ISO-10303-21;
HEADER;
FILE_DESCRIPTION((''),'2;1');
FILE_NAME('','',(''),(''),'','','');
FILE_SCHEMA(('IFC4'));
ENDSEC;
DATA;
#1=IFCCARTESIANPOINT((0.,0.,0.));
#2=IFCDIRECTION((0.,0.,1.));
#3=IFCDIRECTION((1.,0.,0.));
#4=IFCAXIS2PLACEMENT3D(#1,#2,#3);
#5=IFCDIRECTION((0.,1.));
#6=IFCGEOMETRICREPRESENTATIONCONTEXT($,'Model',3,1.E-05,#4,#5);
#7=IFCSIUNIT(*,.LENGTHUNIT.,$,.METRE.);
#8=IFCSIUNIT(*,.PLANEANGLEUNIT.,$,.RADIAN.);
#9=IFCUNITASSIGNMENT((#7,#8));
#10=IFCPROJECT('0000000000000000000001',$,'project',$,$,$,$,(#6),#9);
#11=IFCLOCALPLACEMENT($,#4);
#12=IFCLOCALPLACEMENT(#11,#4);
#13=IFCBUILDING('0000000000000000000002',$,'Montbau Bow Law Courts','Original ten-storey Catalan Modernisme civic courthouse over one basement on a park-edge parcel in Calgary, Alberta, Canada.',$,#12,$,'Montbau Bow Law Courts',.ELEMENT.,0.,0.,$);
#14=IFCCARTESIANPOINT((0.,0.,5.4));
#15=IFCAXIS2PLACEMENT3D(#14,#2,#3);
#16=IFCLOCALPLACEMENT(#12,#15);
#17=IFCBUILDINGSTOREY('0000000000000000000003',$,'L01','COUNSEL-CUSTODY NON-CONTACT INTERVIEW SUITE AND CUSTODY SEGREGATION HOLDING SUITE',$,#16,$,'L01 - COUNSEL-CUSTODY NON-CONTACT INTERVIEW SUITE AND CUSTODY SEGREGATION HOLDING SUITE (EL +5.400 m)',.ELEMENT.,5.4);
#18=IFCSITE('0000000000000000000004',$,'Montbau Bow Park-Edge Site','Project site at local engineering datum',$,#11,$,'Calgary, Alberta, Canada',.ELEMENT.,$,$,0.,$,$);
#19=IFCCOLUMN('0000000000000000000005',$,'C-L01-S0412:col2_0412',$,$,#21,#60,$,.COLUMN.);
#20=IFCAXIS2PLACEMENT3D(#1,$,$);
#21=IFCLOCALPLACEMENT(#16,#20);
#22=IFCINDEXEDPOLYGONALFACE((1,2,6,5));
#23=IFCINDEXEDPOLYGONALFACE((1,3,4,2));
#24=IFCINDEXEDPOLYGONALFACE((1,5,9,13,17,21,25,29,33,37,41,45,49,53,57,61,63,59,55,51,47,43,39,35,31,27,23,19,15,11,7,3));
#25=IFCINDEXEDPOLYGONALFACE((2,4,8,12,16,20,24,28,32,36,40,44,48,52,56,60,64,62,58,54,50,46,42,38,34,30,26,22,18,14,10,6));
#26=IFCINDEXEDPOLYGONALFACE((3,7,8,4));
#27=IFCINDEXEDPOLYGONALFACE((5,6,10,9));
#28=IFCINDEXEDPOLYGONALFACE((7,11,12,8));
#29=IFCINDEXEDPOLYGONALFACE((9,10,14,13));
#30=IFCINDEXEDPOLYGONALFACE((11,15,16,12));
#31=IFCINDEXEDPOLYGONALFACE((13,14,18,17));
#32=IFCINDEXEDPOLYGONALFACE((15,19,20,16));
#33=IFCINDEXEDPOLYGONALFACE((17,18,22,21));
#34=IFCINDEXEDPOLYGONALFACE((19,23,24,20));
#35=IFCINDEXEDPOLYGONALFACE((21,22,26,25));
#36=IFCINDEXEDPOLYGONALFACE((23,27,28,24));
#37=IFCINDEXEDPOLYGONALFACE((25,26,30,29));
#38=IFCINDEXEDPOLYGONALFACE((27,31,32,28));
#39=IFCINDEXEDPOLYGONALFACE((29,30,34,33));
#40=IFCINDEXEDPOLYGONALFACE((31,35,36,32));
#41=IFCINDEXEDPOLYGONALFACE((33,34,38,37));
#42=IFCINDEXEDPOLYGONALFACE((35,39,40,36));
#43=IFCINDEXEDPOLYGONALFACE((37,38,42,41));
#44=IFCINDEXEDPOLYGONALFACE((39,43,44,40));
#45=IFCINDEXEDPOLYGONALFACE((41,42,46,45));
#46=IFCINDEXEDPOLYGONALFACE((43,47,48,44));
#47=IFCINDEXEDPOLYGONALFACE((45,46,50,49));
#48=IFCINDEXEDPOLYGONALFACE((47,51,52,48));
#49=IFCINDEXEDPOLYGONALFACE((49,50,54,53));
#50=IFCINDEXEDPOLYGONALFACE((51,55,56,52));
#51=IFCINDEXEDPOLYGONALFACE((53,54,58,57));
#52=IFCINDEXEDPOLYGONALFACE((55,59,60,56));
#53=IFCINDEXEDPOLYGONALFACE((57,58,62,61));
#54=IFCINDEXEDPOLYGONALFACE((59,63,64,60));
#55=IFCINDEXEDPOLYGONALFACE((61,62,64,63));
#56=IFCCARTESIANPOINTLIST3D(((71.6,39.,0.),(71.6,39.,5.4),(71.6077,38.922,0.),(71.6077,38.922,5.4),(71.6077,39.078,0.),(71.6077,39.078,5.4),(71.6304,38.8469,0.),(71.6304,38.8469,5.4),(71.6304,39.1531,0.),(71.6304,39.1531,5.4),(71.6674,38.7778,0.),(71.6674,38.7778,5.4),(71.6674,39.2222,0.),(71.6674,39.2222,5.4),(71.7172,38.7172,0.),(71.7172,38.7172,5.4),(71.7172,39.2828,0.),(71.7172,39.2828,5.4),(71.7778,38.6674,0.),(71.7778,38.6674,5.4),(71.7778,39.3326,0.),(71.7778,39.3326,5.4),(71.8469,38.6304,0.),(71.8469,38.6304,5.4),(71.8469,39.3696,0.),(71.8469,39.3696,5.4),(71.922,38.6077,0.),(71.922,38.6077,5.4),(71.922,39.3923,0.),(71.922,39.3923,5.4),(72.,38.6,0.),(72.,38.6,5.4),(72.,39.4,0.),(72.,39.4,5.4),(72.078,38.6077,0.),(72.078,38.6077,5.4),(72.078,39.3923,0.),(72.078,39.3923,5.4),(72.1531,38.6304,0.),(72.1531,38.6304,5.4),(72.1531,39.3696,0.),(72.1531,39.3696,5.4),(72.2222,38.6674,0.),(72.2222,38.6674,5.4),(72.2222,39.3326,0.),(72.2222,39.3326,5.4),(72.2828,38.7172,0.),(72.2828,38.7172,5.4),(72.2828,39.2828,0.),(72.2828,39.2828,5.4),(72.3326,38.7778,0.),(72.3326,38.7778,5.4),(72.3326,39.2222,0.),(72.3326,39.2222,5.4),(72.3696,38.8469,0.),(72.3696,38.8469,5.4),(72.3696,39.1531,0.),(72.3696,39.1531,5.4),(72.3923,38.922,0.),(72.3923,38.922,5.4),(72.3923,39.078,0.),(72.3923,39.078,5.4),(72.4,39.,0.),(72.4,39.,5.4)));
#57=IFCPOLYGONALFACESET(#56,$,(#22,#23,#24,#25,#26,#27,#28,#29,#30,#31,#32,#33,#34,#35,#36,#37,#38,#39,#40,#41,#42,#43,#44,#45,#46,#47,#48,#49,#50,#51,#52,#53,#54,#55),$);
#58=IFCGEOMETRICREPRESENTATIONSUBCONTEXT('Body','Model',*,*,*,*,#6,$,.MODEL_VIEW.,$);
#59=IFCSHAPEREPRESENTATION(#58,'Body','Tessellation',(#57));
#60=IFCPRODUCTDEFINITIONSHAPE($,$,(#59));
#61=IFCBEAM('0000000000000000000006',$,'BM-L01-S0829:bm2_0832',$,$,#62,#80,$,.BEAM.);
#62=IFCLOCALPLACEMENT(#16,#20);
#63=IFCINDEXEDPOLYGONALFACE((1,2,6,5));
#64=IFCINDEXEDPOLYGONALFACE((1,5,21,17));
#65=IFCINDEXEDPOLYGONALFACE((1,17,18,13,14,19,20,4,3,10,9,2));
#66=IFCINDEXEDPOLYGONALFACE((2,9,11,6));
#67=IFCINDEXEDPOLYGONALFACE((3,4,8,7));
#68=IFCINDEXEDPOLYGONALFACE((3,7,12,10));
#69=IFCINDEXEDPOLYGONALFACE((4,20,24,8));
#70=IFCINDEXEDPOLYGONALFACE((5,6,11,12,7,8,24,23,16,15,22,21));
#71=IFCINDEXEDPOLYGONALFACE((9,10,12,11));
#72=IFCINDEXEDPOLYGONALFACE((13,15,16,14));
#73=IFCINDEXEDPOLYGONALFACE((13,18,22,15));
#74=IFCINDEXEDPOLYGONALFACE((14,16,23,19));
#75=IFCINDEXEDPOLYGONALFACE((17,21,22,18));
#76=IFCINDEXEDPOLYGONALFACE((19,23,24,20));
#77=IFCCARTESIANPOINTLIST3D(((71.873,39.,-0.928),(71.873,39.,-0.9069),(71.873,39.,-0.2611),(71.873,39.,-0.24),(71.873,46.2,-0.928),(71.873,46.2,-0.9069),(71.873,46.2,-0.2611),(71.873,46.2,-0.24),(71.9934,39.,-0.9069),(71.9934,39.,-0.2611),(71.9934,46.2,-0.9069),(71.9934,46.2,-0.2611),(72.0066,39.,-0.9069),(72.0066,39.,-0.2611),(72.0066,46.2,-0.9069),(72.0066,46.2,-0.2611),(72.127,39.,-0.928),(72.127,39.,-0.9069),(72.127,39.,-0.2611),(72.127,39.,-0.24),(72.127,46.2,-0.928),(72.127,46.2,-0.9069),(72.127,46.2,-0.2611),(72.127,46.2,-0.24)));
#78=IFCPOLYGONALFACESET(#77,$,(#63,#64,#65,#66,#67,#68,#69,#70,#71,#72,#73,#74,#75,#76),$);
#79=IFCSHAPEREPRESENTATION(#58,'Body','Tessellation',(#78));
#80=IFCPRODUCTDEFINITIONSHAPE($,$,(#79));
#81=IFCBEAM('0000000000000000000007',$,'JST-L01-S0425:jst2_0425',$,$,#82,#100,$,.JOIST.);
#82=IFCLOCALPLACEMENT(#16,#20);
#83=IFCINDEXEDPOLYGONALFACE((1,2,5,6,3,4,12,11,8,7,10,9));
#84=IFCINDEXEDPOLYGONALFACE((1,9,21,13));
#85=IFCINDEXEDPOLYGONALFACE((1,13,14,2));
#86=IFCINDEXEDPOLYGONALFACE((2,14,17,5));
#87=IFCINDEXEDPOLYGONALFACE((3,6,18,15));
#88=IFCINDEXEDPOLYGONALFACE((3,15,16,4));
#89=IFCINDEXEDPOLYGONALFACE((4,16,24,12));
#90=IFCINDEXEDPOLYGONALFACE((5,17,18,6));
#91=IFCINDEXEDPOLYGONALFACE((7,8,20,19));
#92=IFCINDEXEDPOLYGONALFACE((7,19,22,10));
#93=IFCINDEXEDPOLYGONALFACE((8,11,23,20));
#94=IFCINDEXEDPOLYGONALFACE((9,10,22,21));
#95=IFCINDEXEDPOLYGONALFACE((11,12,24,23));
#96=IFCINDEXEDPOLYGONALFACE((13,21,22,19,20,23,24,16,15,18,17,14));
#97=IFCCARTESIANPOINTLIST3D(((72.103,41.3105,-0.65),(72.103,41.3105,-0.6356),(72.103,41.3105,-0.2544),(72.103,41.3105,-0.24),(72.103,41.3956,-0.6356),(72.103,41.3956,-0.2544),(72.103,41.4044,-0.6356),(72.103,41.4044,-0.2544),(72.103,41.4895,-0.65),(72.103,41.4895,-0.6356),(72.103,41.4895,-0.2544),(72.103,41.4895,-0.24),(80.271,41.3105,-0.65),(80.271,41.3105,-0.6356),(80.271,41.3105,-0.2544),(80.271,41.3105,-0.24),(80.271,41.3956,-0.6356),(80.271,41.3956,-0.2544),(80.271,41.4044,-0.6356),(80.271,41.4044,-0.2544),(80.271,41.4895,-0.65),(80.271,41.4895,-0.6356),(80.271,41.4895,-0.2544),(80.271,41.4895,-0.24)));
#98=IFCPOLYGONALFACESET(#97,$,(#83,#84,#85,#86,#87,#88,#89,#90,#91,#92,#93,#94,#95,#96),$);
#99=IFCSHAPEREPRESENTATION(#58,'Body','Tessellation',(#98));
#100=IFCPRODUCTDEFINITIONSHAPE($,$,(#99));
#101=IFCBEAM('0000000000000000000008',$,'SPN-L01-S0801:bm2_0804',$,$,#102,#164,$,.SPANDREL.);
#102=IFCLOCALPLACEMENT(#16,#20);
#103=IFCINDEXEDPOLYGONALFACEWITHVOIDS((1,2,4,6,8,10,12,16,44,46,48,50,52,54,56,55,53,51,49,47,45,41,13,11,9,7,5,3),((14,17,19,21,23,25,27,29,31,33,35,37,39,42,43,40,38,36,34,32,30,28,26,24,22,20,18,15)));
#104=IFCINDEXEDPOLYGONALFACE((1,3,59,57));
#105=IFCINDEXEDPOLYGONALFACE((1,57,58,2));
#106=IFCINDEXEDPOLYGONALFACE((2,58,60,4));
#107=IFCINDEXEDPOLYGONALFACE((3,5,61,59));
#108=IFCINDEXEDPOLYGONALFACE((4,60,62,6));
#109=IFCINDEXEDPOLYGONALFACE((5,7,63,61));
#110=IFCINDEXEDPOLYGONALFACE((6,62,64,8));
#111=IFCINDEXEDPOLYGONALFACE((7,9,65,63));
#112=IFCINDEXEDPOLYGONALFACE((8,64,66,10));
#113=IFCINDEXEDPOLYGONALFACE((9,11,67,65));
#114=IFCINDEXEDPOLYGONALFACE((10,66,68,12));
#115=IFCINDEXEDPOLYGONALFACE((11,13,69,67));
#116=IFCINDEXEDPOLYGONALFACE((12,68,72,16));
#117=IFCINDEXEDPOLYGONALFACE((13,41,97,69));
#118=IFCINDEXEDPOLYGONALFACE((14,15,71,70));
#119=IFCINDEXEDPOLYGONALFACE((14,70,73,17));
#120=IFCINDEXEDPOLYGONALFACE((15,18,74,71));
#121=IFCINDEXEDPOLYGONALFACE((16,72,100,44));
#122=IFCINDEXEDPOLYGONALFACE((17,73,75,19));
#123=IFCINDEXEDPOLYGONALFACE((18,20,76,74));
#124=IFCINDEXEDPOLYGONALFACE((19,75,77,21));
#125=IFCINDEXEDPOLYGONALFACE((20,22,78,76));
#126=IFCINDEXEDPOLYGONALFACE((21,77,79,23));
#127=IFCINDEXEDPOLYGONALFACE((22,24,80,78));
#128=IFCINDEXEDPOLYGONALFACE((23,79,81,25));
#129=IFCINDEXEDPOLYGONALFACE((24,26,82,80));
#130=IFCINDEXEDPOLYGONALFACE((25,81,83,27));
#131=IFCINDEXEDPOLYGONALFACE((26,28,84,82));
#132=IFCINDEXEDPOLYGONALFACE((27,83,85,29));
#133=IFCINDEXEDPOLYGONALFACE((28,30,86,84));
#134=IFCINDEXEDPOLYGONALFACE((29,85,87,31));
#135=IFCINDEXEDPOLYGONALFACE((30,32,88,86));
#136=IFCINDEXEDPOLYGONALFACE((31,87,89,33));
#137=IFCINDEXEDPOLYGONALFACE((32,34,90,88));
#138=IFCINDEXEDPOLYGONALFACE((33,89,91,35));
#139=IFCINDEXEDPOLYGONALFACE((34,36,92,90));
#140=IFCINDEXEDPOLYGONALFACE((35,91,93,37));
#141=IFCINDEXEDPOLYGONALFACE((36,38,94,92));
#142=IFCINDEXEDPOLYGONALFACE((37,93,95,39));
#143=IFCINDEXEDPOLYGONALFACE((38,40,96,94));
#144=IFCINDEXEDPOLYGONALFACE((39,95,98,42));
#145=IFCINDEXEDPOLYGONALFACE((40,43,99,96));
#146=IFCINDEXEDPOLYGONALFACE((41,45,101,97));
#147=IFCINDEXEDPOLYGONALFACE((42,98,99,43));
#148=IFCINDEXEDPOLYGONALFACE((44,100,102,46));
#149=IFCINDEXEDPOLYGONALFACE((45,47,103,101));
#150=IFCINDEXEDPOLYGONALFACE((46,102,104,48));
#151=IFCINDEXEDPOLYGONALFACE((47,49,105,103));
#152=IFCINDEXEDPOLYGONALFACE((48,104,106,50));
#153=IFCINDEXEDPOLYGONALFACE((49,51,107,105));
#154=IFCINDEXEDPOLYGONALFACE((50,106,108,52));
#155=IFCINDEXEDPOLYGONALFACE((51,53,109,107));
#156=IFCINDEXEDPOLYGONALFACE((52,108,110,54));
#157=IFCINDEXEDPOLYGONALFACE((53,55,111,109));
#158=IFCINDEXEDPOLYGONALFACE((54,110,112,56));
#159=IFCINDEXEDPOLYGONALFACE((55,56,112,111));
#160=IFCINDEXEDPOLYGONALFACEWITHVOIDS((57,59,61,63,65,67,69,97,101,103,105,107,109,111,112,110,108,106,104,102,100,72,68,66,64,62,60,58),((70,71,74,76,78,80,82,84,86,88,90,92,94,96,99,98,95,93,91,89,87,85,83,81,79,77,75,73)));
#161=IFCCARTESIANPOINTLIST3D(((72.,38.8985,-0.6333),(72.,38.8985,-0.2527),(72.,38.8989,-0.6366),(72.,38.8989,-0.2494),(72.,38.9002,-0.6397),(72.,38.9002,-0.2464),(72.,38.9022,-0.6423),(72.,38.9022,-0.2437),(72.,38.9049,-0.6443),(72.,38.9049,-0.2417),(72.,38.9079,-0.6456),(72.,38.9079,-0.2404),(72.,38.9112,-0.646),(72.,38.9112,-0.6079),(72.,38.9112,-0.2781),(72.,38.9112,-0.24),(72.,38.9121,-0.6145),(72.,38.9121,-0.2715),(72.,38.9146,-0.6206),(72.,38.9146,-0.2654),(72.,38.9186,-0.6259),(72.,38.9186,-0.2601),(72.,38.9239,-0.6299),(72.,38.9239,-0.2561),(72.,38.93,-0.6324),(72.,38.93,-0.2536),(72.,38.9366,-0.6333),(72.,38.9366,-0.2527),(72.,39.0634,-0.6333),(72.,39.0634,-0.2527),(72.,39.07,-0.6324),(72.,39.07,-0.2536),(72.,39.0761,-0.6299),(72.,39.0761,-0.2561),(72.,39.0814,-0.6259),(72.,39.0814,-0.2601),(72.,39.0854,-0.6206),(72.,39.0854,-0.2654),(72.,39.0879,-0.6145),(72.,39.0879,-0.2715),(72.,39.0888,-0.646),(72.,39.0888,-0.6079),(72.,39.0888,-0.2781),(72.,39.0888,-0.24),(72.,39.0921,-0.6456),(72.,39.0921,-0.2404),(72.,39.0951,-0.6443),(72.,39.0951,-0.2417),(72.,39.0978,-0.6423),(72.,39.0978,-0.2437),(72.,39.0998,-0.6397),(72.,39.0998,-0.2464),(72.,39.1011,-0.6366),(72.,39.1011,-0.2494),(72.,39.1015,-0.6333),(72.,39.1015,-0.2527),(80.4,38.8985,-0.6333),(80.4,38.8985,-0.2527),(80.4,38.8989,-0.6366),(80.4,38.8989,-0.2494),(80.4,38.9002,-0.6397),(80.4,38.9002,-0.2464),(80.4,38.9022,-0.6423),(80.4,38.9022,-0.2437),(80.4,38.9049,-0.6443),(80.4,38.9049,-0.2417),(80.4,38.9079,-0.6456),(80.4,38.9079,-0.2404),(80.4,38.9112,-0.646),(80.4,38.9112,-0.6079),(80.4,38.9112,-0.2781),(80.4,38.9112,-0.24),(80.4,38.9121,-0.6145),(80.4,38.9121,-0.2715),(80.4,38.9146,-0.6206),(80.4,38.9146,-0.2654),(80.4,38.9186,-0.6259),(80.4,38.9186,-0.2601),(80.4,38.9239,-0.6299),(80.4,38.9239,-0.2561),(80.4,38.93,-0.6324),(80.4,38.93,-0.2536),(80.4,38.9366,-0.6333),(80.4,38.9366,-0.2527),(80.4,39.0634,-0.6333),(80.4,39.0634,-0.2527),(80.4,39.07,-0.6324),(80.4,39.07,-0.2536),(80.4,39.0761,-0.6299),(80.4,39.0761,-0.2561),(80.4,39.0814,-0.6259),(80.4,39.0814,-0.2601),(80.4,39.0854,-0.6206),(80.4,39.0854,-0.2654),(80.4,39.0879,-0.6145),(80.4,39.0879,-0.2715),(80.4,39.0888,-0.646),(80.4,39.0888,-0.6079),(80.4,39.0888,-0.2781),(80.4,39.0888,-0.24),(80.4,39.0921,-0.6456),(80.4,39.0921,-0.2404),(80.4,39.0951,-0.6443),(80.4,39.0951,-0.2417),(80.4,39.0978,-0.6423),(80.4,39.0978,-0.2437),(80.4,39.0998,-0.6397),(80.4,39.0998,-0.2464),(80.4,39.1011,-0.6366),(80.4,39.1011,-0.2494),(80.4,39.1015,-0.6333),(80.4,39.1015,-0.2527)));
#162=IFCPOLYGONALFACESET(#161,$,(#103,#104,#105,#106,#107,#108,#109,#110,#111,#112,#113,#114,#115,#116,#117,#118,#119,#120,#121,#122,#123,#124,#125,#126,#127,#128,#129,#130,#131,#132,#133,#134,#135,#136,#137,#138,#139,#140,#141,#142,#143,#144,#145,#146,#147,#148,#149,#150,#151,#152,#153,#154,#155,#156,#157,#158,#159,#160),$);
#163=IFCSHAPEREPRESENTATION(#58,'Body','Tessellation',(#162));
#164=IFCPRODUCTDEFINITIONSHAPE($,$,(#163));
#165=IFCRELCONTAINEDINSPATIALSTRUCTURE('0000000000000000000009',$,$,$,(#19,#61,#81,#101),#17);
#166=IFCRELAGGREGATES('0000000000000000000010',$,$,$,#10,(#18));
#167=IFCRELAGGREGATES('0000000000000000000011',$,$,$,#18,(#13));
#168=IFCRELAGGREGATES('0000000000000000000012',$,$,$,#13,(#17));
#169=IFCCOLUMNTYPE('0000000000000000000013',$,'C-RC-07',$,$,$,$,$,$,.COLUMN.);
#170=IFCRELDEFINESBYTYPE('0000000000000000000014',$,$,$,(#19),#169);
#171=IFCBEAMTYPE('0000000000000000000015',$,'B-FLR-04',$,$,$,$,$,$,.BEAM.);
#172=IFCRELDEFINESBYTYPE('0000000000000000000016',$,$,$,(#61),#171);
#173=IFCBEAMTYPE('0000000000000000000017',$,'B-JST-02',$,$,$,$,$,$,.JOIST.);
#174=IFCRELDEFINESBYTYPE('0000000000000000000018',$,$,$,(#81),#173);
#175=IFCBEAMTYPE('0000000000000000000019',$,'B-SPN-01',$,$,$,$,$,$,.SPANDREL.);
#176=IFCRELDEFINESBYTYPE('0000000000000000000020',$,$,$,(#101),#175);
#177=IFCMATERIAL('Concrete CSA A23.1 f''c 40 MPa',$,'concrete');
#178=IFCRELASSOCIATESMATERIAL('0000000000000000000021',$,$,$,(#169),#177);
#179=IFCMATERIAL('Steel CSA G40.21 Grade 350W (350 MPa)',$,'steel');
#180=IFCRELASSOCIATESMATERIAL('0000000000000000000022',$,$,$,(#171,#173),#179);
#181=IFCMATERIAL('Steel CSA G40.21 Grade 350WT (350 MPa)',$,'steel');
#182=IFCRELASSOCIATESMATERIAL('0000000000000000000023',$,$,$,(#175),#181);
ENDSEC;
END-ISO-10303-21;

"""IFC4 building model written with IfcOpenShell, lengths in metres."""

from ifc_helpers import new_model, si_unit, direction, frame, origin_with_axes, origin_2d_with_axis, place, context, subcontext, project, spatial, hollow_rectangle, circle, i_section, extrude, material, material_profile, profile_set, type_object, element, save


model = new_model("IFC4")

# Units and contexts
model_context = context("Model", 3, precision=1e-05, world=origin_with_axes(), true_north=direction((0.0, 1.0)))
body_context = subcontext(model_context, "Body", "Model", "MODEL_VIEW")
ifc_project = project(units=[si_unit("LENGTHUNIT", "METRE"), si_unit("PLANEANGLEUNIT", "RADIAN")], contexts=[model_context])

# Site, building, storey
site_placement = place(None, origin_with_axes())
site = spatial("IfcSite", under=ifc_project, at=site_placement, Name="Montbau Bow Park-Edge Site", Description="Project site at local engineering datum", LongName="Calgary, Alberta, Canada", CompositionType="ELEMENT", RefElevation=0.0)
building_placement = place(site_placement, origin_with_axes())
building = spatial("IfcBuilding", under=site, at=building_placement, Name="Montbau Bow Law Courts", Description="Original ten-storey Catalan Modernisme civic courthouse over one basement on a park-edge parcel in Calgary, Alberta, Canada.", LongName="Montbau Bow Law Courts", CompositionType="ELEMENT", ElevationOfRefHeight=0.0, ElevationOfTerrain=0.0)
storey_placement = place(building_placement, frame((0.0, 0.0, 5.4), z_axis=(0.0, 0.0, 1.0), x_axis=(1.0, 0.0, 0.0)))
storey = spatial("IfcBuildingStorey", under=building, at=storey_placement, Name="L01", Description="COUNSEL-CUSTODY NON-CONTACT INTERVIEW SUITE AND CUSTODY SEGREGATION HOLDING SUITE", LongName="L01 - COUNSEL-CUSTODY NON-CONTACT INTERVIEW SUITE AND CUSTODY SEGREGATION HOLDING SUITE (EL +5.400 m)", CompositionType="ELEMENT", Elevation=5.4)

# Column
ifc_material_1 = material(Name="Concrete CSA A23.1 f'c 40 MPa", Category="concrete")
ifc_material_profile_1 = material_profile(ifc_material_1, circle(Radius=0.4, at=origin_2d_with_axis()), Name="RC800D", Category="Main", Priority=0)
ifc_profile_set_1 = profile_set([ifc_material_profile_1], Name="Concrete CSA A23.1 f'c 40 MPa")
column_type = type_object("IfcColumnType", Name="C-RC-07", PredefinedType="COLUMN", material=ifc_profile_set_1)
column_placement = place(None, frame((72.0, 39.0, 5.4), z_axis=(0.0, 0.0, 1.0), x_axis=(1.0, 0.0, 0.0)))
element("IfcColumn", 1, at=column_placement, inside=storey, type_object=column_type, Name="C-L01-S0412:col2_0412", PredefinedType="COLUMN", context=body_context, shape_type="SweptSolid", body=[
    extrude(circle(Radius=0.4, at=origin_2d_with_axis()), origin_with_axes(), (0.0, 0.0, 1.0), 5.4),
])

# Beams
ifc_material_2 = material(Name="Steel CSA G40.21 Grade 350W (350 MPa)", Category="steel")
ifc_material_profile_2 = material_profile(ifc_material_2, i_section(OverallWidth=0.254, OverallDepth=0.688, WebThickness=0.0131, FlangeThickness=0.0211, at=origin_2d_with_axis()), Name="W690X152", Category="Main", Priority=0)
ifc_profile_set_2 = profile_set([ifc_material_profile_2], Name="Steel CSA G40.21 Grade 350W (350 MPa)")
beam_type_1 = type_object("IfcBeamType", Name="B-FLR-04", PredefinedType="BEAM", material=ifc_profile_set_2)
beam_1_placement = place(None, frame((72.0, 39.0, 4.816), z_axis=(0.0, 1.0, 0.0), x_axis=(-1.0, 0.0, 0.0)))
element("IfcBeam", 2, at=beam_1_placement, inside=storey, type_object=beam_type_1, Name="BM-L01-S0829:bm2_0832", PredefinedType="BEAM", context=body_context, shape_type="SweptSolid", body=[
    extrude(i_section(OverallWidth=0.254, OverallDepth=0.688, WebThickness=0.0131, FlangeThickness=0.0211, at=origin_2d_with_axis()), origin_with_axes(), (0.0, 0.0, 1.0), 7.2),
])
ifc_material_profile_3 = material_profile(ifc_material_2, i_section(OverallWidth=0.179, OverallDepth=0.41, WebThickness=0.0088, FlangeThickness=0.0144, at=origin_2d_with_axis()), Name="W410X67", Category="Main", Priority=0)
ifc_profile_set_3 = profile_set([ifc_material_profile_3], Name="Steel CSA G40.21 Grade 350W (350 MPa)")
beam_type_2 = type_object("IfcBeamType", Name="B-JST-02", PredefinedType="JOIST", material=ifc_profile_set_3)
beam_2_placement = place(None, frame((72.103, 41.4, 4.955), z_axis=(1.0, 0.0, 0.0), x_axis=(0.0, 1.0, 0.0)))
element("IfcBeam", 3, at=beam_2_placement, inside=storey, type_object=beam_type_2, Name="JST-L01-S0425:jst2_0425", PredefinedType="JOIST", context=body_context, shape_type="SweptSolid", body=[
    extrude(i_section(OverallWidth=0.179, OverallDepth=0.41, WebThickness=0.0088, FlangeThickness=0.0144, at=origin_2d_with_axis()), origin_with_axes(), (0.0, 0.0, 1.0), 8.168),
])
ifc_material_3 = material(Name="Steel CSA G40.21 Grade 350WT (350 MPa)", Category="steel")
ifc_material_profile_4 = material_profile(ifc_material_3, hollow_rectangle(XDim=0.203, YDim=0.406, WallThickness=0.0127, InnerFilletRadius=0.0254, OuterFilletRadius=0.0127, at=origin_2d_with_axis()), Name="HSS406X203X13", Category="Main", Priority=0)
ifc_profile_set_4 = profile_set([ifc_material_profile_4], Name="Steel CSA G40.21 Grade 350WT (350 MPa)")
beam_type_3 = type_object("IfcBeamType", Name="B-SPN-01", PredefinedType="SPANDREL", material=ifc_profile_set_4)
beam_3_placement = place(None, frame((72.0, 39.0, 4.957), z_axis=(1.0, 0.0, 0.0), x_axis=(0.0, 1.0, 0.0)))
element("IfcBeam", 4, at=beam_3_placement, inside=storey, type_object=beam_type_3, Name="SPN-L01-S0801:bm2_0804", PredefinedType="SPANDREL", context=body_context, shape_type="SweptSolid", body=[
    extrude(hollow_rectangle(XDim=0.203, YDim=0.406, WallThickness=0.0127, InnerFilletRadius=0.0254, OuterFilletRadius=0.0127, at=origin_2d_with_axis()), origin_with_axes(), (0.0, 0.0, 1.0), 8.4),
])

save(model, "model.ifc")
